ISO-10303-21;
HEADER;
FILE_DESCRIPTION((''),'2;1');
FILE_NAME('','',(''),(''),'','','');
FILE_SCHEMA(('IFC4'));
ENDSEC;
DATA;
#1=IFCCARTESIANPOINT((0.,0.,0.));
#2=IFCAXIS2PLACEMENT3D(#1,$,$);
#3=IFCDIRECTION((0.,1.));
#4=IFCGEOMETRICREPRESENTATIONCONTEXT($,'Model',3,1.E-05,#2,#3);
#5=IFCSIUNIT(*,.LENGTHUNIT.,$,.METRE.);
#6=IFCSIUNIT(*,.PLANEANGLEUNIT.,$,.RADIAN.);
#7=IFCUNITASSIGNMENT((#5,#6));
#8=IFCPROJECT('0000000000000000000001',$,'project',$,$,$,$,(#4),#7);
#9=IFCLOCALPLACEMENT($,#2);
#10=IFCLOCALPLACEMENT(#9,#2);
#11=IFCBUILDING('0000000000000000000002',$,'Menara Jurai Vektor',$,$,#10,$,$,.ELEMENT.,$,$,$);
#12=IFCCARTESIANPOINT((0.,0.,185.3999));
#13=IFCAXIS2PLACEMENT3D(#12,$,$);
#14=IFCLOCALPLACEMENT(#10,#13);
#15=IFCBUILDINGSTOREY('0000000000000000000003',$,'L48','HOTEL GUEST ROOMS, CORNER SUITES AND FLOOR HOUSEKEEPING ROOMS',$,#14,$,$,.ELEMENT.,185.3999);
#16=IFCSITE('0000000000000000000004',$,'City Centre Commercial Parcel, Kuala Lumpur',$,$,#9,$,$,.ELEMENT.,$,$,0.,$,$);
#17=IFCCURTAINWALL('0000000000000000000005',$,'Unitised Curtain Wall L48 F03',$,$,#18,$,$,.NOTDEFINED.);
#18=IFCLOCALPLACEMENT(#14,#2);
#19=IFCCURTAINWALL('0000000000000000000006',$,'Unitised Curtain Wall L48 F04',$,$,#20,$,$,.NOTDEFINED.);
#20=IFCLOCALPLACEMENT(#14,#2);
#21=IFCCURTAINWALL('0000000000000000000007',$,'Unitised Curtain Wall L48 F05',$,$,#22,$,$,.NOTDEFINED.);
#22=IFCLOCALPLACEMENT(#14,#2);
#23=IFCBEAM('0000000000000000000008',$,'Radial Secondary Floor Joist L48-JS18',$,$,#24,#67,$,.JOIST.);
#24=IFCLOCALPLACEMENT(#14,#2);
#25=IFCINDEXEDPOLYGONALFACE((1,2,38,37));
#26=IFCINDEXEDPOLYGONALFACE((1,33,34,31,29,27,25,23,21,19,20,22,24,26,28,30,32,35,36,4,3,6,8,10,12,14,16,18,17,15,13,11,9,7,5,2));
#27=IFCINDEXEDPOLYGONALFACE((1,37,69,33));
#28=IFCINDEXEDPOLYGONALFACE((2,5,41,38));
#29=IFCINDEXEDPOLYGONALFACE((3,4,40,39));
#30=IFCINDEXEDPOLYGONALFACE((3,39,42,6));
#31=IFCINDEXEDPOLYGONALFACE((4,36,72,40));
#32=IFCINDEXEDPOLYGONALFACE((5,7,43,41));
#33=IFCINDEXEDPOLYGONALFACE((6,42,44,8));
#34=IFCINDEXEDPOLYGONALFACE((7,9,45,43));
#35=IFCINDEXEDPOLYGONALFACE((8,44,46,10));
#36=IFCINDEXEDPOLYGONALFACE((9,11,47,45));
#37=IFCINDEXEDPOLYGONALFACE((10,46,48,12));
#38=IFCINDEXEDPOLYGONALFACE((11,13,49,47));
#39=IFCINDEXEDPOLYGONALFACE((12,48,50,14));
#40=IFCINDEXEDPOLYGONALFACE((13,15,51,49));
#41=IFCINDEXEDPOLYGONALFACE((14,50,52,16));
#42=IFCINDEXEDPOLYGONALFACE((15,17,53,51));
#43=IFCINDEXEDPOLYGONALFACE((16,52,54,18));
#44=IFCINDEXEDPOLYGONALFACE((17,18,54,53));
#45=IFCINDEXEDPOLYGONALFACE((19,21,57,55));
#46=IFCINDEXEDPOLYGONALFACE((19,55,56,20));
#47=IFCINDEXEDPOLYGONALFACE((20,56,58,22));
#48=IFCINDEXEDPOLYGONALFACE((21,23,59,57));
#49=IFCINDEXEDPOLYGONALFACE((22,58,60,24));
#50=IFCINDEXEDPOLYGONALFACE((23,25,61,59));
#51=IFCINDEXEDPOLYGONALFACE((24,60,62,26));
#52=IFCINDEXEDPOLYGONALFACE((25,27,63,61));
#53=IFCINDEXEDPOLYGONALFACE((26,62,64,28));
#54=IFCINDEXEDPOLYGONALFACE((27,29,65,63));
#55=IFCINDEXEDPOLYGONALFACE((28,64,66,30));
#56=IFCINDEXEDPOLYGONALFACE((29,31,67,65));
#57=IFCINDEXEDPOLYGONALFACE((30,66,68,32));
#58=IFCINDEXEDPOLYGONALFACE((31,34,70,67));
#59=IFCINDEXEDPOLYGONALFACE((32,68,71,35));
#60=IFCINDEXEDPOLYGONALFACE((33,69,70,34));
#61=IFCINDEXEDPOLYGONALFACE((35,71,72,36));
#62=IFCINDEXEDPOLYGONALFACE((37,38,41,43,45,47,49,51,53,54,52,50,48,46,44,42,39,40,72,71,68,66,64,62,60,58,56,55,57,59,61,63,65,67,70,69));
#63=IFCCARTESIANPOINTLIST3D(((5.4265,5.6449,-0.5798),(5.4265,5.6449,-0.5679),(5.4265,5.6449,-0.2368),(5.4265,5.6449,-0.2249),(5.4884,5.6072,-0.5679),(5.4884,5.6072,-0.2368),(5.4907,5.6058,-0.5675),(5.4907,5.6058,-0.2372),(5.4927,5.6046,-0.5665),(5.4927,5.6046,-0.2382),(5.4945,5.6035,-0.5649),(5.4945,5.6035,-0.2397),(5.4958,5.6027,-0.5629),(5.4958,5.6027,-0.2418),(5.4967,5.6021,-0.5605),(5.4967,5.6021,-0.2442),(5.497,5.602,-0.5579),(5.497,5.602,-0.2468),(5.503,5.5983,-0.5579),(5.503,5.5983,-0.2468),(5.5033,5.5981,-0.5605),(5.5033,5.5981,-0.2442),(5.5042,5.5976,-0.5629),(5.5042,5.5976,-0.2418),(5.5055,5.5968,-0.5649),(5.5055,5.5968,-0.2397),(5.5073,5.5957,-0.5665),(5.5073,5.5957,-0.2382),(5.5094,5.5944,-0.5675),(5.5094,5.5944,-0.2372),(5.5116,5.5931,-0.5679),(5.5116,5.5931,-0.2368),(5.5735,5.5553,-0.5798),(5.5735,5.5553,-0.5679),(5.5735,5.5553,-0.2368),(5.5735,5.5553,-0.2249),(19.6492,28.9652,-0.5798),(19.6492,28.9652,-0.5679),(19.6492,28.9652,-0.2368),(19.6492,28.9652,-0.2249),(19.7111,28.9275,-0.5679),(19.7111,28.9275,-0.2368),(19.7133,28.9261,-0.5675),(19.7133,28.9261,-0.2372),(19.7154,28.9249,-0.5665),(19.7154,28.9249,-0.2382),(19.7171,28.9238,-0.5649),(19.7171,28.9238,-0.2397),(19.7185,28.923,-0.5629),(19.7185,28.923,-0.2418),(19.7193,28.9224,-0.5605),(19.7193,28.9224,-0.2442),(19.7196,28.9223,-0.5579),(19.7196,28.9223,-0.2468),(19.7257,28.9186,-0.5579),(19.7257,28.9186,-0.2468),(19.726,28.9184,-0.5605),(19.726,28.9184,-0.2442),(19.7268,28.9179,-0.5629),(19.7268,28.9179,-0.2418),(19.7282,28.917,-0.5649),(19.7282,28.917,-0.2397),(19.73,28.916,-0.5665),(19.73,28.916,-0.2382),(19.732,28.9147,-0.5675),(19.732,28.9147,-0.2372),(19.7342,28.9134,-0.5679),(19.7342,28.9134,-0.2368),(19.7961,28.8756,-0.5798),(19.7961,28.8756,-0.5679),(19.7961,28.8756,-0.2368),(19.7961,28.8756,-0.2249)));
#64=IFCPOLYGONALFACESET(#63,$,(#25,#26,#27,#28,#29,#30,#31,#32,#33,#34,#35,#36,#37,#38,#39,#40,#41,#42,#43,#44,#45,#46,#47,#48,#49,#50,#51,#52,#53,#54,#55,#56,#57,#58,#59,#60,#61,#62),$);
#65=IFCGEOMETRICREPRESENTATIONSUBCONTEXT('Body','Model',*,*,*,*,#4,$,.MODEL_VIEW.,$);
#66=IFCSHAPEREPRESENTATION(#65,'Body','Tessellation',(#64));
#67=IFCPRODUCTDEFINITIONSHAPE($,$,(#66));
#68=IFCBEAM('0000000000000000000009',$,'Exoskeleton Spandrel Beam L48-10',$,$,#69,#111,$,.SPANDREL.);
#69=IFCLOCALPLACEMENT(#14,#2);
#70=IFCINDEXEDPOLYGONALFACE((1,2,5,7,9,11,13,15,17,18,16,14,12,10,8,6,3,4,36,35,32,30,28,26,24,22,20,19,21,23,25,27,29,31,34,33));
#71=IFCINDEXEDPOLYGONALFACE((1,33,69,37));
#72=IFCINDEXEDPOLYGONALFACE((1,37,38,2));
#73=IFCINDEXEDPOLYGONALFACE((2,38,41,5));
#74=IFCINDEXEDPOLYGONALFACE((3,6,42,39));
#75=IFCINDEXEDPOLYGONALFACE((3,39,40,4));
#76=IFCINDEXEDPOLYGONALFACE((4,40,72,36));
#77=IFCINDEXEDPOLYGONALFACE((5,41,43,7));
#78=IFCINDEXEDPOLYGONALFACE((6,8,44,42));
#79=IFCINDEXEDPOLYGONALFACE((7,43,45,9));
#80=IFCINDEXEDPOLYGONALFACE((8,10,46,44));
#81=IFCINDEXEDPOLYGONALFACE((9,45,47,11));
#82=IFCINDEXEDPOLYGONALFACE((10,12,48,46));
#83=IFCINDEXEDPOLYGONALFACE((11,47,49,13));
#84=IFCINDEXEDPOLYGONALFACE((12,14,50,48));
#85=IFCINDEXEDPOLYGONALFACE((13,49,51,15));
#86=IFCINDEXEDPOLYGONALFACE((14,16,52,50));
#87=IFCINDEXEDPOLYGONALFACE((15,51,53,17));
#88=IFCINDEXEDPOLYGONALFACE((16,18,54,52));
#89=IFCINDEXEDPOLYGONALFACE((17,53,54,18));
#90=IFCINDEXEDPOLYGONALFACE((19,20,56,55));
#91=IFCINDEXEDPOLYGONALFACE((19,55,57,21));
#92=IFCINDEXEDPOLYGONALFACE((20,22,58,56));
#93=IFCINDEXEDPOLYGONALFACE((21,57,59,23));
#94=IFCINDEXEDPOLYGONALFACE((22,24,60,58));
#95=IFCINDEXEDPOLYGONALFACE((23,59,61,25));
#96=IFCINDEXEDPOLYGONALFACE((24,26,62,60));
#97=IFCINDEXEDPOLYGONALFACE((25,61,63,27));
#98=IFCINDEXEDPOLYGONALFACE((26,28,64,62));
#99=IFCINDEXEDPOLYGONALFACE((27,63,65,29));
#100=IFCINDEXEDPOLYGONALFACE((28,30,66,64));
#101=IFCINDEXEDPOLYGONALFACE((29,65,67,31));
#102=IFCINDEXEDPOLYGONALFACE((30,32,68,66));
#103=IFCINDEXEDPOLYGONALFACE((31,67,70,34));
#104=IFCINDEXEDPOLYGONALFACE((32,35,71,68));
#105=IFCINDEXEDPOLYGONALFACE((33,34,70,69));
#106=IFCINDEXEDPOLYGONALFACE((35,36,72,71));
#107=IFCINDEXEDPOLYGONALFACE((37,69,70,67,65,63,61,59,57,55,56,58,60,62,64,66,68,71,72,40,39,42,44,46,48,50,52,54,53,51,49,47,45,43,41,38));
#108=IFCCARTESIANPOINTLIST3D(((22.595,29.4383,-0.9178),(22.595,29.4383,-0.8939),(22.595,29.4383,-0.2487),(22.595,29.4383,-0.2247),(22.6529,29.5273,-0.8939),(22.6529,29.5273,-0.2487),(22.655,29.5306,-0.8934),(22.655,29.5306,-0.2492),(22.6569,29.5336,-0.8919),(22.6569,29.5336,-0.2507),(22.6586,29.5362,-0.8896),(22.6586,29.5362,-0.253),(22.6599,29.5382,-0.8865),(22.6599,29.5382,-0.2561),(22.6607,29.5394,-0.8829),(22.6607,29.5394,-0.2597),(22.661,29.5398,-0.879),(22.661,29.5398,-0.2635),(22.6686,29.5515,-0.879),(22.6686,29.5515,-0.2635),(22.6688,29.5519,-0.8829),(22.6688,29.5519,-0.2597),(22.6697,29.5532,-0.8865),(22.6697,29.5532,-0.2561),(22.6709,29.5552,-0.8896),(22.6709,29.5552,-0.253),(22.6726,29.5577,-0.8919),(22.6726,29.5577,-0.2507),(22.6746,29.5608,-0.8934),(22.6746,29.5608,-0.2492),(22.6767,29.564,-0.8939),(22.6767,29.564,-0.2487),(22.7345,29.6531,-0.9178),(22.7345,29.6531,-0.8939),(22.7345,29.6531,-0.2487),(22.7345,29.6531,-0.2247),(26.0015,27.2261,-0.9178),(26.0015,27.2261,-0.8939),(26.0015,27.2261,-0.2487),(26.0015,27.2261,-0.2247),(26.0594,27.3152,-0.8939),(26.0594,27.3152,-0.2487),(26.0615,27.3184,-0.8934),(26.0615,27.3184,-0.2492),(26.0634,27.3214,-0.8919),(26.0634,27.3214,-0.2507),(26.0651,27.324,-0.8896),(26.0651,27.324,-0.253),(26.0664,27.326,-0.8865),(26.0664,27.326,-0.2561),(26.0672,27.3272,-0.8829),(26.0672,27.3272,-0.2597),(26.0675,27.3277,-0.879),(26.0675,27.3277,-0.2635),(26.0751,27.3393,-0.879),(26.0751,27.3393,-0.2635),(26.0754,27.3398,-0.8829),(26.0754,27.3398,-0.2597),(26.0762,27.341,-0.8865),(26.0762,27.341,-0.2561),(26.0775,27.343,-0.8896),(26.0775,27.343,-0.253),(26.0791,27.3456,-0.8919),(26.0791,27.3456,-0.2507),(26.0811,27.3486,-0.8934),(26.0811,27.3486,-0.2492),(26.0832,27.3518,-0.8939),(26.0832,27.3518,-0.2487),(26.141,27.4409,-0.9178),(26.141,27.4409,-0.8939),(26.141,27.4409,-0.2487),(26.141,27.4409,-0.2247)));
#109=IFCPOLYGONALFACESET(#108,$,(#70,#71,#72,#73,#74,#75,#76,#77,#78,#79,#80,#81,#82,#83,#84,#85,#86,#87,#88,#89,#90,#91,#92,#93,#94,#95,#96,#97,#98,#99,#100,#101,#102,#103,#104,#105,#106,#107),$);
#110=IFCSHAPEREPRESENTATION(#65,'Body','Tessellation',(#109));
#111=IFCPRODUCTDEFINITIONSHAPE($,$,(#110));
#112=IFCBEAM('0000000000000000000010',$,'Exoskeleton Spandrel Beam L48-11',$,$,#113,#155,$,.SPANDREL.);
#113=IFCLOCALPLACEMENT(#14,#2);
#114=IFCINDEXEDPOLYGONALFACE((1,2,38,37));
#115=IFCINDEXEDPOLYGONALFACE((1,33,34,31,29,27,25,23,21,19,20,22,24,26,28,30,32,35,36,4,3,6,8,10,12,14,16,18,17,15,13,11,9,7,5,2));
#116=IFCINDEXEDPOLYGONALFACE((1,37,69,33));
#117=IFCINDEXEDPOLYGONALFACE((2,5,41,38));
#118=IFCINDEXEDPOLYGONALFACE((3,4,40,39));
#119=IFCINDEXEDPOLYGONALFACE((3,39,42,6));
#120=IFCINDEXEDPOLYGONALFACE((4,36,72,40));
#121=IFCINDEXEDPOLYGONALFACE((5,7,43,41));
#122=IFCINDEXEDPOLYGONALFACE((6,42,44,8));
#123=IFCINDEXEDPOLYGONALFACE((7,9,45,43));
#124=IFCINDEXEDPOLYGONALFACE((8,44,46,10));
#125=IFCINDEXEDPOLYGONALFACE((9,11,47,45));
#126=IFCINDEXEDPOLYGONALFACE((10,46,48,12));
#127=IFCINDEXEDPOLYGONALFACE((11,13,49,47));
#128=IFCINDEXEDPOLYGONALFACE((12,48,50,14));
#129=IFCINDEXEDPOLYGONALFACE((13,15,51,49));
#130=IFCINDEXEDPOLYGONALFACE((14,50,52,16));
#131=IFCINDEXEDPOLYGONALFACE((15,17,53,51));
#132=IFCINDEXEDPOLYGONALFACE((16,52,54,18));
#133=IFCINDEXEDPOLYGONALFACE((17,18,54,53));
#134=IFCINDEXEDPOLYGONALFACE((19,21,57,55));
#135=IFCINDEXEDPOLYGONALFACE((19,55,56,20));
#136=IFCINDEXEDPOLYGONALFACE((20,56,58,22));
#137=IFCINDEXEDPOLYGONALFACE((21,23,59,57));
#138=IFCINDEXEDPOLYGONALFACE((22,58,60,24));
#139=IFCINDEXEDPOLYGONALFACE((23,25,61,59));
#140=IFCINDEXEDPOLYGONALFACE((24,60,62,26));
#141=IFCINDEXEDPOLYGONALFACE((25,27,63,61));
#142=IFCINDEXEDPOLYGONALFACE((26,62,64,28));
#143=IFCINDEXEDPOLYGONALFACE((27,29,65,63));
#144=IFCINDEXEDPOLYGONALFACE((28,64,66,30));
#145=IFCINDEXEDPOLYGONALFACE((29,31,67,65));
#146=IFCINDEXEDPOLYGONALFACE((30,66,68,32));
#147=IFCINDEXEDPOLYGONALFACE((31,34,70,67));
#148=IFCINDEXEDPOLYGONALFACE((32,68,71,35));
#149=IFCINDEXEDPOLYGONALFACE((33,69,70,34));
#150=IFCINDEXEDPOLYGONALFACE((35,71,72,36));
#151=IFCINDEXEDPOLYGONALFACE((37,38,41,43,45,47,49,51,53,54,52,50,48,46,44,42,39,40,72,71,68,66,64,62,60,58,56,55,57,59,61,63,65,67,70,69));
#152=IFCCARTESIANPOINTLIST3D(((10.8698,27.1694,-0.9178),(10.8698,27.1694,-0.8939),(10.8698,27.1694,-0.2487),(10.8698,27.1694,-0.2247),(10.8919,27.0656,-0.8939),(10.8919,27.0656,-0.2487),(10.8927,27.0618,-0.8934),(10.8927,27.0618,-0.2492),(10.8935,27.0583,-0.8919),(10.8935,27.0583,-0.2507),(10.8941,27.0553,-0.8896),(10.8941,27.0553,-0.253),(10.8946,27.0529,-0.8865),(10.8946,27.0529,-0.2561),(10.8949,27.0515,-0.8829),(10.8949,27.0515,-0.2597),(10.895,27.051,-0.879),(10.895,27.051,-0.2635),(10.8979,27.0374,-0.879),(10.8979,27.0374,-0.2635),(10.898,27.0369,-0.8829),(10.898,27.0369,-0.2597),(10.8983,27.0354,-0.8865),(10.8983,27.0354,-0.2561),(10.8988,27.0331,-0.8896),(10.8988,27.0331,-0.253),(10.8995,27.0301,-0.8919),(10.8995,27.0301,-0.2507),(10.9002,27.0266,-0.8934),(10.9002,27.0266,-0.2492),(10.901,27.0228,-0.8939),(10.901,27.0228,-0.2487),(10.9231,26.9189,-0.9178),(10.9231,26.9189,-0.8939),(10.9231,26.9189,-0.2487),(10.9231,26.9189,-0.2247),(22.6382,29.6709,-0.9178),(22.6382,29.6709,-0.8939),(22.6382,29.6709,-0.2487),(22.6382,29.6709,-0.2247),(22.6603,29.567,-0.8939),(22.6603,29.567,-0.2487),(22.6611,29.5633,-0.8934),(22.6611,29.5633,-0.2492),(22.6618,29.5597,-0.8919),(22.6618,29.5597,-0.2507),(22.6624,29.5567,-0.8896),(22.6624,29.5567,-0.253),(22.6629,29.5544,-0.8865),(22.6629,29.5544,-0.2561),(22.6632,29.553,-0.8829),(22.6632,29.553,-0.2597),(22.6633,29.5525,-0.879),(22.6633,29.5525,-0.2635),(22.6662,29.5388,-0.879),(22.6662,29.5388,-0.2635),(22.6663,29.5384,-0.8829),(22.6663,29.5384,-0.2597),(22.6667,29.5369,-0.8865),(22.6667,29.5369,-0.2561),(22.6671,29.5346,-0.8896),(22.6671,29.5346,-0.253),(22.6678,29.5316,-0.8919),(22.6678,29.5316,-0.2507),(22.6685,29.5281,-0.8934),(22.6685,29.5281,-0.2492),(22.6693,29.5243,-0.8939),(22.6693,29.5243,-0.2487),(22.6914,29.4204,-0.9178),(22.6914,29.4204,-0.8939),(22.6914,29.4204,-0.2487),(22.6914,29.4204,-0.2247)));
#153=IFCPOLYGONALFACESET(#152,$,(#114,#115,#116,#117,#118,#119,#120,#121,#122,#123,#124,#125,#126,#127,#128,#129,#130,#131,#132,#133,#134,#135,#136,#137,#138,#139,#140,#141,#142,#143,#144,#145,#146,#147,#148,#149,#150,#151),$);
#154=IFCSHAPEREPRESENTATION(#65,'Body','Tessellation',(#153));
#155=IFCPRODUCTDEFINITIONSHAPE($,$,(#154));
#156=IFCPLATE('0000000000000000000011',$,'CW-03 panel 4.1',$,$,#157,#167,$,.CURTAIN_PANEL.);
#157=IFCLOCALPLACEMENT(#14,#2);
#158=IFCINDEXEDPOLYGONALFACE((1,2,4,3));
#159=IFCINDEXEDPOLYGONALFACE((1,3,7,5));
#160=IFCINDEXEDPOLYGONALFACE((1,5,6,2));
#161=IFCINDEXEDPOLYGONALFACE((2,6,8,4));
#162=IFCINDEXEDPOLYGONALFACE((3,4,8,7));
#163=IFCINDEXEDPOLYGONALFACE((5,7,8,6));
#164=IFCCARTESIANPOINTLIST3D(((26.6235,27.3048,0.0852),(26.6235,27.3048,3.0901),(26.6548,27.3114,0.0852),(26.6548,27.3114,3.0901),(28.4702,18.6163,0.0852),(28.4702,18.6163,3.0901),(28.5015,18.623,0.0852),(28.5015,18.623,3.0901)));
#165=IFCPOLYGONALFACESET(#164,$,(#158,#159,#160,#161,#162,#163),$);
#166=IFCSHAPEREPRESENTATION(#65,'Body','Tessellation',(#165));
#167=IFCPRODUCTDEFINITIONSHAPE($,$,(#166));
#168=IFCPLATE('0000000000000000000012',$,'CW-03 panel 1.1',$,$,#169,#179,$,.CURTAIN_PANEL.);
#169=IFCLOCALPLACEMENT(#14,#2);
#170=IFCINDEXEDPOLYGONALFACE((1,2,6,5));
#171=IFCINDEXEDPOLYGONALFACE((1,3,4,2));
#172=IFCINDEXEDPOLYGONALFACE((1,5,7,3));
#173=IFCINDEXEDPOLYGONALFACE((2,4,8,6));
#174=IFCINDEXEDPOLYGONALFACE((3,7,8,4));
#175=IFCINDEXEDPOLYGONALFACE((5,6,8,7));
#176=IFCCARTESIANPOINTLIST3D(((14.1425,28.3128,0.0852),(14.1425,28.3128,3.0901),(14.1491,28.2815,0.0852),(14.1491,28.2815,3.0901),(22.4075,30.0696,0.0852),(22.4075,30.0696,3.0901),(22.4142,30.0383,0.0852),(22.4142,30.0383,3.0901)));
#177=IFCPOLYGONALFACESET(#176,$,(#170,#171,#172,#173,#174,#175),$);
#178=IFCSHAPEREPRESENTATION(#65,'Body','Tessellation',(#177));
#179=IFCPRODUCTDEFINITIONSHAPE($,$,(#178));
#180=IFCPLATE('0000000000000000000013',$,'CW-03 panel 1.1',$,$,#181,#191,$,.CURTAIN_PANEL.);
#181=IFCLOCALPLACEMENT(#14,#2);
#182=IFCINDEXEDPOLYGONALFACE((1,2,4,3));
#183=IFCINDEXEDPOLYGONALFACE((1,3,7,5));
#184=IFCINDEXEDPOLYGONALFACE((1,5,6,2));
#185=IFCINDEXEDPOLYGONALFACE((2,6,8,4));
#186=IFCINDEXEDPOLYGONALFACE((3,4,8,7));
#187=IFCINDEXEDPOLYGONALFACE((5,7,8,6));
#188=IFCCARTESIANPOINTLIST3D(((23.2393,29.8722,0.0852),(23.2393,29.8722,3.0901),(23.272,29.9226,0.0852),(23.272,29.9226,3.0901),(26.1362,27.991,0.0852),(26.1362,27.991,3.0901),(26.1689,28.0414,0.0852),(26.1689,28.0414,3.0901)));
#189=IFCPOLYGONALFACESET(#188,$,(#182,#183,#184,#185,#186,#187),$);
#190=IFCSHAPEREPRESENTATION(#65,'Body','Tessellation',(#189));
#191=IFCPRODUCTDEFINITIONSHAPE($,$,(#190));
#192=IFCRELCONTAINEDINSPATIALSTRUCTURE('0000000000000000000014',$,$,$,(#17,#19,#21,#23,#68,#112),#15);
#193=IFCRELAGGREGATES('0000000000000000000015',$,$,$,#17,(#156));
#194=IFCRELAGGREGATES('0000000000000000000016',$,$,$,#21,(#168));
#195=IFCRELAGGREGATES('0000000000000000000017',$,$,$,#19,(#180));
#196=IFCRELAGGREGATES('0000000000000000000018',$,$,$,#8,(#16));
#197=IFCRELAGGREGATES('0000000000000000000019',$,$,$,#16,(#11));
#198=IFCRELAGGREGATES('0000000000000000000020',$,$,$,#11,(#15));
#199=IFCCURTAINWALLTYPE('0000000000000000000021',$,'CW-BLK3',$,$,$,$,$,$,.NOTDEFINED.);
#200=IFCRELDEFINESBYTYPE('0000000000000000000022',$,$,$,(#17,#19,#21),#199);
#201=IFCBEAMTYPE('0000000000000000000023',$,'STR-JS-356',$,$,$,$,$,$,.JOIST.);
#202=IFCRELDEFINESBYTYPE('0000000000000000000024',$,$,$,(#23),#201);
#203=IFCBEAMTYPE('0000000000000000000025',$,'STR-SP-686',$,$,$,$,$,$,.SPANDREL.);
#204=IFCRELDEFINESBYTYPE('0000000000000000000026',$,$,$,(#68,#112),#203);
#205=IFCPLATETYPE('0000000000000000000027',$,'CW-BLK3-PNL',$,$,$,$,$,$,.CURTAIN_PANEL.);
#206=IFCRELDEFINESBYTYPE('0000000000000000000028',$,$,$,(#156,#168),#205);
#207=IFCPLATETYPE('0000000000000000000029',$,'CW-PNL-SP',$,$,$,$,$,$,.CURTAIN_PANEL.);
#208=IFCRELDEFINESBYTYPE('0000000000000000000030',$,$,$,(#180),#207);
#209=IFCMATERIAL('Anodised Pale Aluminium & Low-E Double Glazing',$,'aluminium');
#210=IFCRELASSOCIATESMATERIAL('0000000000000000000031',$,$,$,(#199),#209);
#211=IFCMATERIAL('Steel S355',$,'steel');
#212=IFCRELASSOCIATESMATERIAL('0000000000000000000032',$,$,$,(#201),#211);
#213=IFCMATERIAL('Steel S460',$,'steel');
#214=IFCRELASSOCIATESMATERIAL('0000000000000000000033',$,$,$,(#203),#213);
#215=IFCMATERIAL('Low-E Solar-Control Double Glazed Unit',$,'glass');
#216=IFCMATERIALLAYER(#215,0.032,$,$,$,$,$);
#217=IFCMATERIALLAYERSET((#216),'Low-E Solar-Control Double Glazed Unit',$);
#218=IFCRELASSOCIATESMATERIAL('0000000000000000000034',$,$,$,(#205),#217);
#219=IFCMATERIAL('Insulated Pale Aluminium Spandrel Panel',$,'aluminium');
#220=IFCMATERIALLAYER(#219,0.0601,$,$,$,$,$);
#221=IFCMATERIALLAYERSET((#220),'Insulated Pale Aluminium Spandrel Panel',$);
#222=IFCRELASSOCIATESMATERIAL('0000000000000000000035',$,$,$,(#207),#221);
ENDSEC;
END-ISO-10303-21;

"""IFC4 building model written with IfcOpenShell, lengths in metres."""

from ifc_helpers import new_model, si_unit, direction, frame, origin, origin_2d, place, context, subcontext, project, spatial, rectangle, i_section, extrude, material, layer, layer_set, material_profile, profile_set, type_object, element, aggregate, save


model = new_model("IFC4")

# Units and contexts
model_context = context("Model", 3, precision=1e-05, world=origin(), true_north=direction((0.0, 1.0)))
body_context = subcontext(model_context, "Body", "Model", "MODEL_VIEW")
ifc_project = project(units=[si_unit("LENGTHUNIT", "METRE"), si_unit("PLANEANGLEUNIT", "RADIAN")], contexts=[model_context])

# Site, building, storey
site_placement = place(None, origin())
site = spatial("IfcSite", under=ifc_project, at=site_placement, Name="City Centre Commercial Parcel, Kuala Lumpur", CompositionType="ELEMENT", RefElevation=0.0)
building_placement = place(site_placement, origin())
building = spatial("IfcBuilding", under=site, at=building_placement, Name="Menara Jurai Vektor", CompositionType="ELEMENT")
storey_placement = place(building_placement, frame((0.0, 0.0, 185.3999)))
storey = spatial("IfcBuildingStorey", under=building, at=storey_placement, Name="L48", Description="HOTEL GUEST ROOMS, CORNER SUITES AND FLOOR HOUSEKEEPING ROOMS", CompositionType="ELEMENT", Elevation=185.3999)

# Shared definitions
ifc_material_1 = material(Name="Steel S460", Category="steel")

# Curtain walls
ifc_material_2 = material(Name="Anodised Pale Aluminium & Low-E Double Glazing", Category="aluminium")
curtain_wall_type = type_object("IfcCurtainWallType", Name="CW-BLK3", PredefinedType="NOTDEFINED", material=ifc_material_2)
curtain_wall_1_placement = place(storey_placement, origin())
curtain_wall_1 = element("IfcCurtainWall", 1, at=curtain_wall_1_placement, inside=storey, type_object=curtain_wall_type, Name="Unitised Curtain Wall L48 F03", PredefinedType="NOTDEFINED")
curtain_wall_2_placement = place(storey_placement, origin())
curtain_wall_2 = element("IfcCurtainWall", 2, at=curtain_wall_2_placement, inside=storey, type_object=curtain_wall_type, Name="Unitised Curtain Wall L48 F04", PredefinedType="NOTDEFINED")

# Curtain wall
curtain_wall_3_placement = place(storey_placement, origin())
curtain_wall_3 = element("IfcCurtainWall", 3, at=curtain_wall_3_placement, inside=storey, type_object=curtain_wall_type, Name="Unitised Curtain Wall L48 F05", PredefinedType="NOTDEFINED")

# Shared definitions
ifc_material_3 = material(Name="Steel S355", Category="steel")

# Beams
ifc_material_profile_1 = material_profile(ifc_material_3, i_section(OverallWidth=0.1721, OverallDepth=0.355, WebThickness=0.0071, FlangeThickness=0.012, FilletRadius=0.01, at=origin_2d()), Name="UKB 356x171x51")
ifc_profile_set_1 = profile_set([ifc_material_profile_1], Name="Steel S355")
beam_type_1 = type_object("IfcBeamType", Name="STR-JS-356", PredefinedType="JOIST", material=ifc_profile_set_1)
beam_1_placement = place(storey_placement, frame((19.7227, 28.9204, -0.4023), z_axis=(-0.520686, -0.853748, 0.0), x_axis=(0.853748, -0.520686, 0.0)))
element("IfcBeam", 4, at=beam_1_placement, inside=storey, type_object=beam_type_1, Name="Radial Secondary Floor Joist L48-JS18", PredefinedType="JOIST", context=body_context, shape_type="SweptSolid", body=[
    extrude(i_section(OverallWidth=0.1721, OverallDepth=0.355, WebThickness=0.0071, FlangeThickness=0.012, FilletRadius=0.01, at=origin_2d()), origin(), (0.0, 0.0, 1.0), 27.3152),
])
ifc_material_profile_2 = material_profile(ifc_material_1, i_section(OverallWidth=0.2561, OverallDepth=0.6931, WebThickness=0.0139, FlangeThickness=0.0239, FilletRadius=0.0149, at=origin_2d()), Name="UKB 686x254x170")
ifc_profile_set_2 = profile_set([ifc_material_profile_2], Name="Steel S460")
beam_type_2 = type_object("IfcBeamType", Name="STR-SP-686", PredefinedType="SPANDREL", material=ifc_profile_set_2)
beam_2_placement = place(storey_placement, frame((26.0713, 27.3335, -0.5713), z_axis=(-0.838676, 0.544631, 0.0), x_axis=(-0.544631, -0.838676, 0.0)))
element("IfcBeam", 5, at=beam_2_placement, inside=storey, type_object=beam_type_2, Name="Exoskeleton Spandrel Beam L48-10", PredefinedType="SPANDREL", context=body_context, shape_type="SweptSolid", body=[
    extrude(i_section(OverallWidth=0.2561, OverallDepth=0.6931, WebThickness=0.0139, FlangeThickness=0.0239, FilletRadius=0.0149, at=origin_2d()), origin(), (0.0, 0.0, 1.0), 4.0618),
])
beam_3_placement = place(storey_placement, frame((22.6648, 29.5457, -0.5713), z_axis=(-0.978147, -0.207914, 0.0), x_axis=(0.207914, -0.978147, 0.0)))
element("IfcBeam", 6, at=beam_3_placement, inside=storey, type_object=beam_type_2, Name="Exoskeleton Spandrel Beam L48-11", PredefinedType="SPANDREL", context=body_context, shape_type="SweptSolid", body=[
    extrude(i_section(OverallWidth=0.2561, OverallDepth=0.6931, WebThickness=0.0139, FlangeThickness=0.0239, FilletRadius=0.0149, at=origin_2d()), origin(), (0.0, 0.0, 1.0), 12.0312),
])

# Plates
ifc_material_4 = material(Name="Low-E Solar-Control Double Glazed Unit", Category="glass")
ifc_layer_1 = layer(ifc_material_4, 0.032)
ifc_layer_set_1 = layer_set([ifc_layer_1], Name="Low-E Solar-Control Double Glazed Unit")
plate_type_1 = type_object("IfcPlateType", Name="CW-BLK3-PNL", PredefinedType="CURTAIN_PANEL", material=ifc_layer_set_1)
plate_1_placement = place(storey_placement, frame((27.5625, 22.9639, 0.0852), z_axis=(0.0, 0.0, 1.0), x_axis=(-0.20791, 0.978148, 0.0)))
plate_1 = element("IfcPlate", 7, at=plate_1_placement, type_object=plate_type_1, Name="CW-03 panel 4.1", PredefinedType="CURTAIN_PANEL", context=body_context, shape_type="SweptSolid", body=[
    extrude(rectangle(XDim=8.8826, YDim=0.032, at=origin_2d()), origin(), (0.0, 0.0, 1.0), 3.0049),
])
aggregate(curtain_wall_1, [plate_1])
plate_2_placement = place(storey_placement, frame((18.2783, 29.1755, 0.0852), z_axis=(0.0, 0.0, 1.0), x_axis=(-0.978148, -0.207911, 0.0)))
plate_2 = element("IfcPlate", 8, at=plate_2_placement, type_object=plate_type_1, Name="CW-03 panel 1.1", PredefinedType="CURTAIN_PANEL", context=body_context, shape_type="SweptSolid", body=[
    extrude(rectangle(XDim=8.4497, YDim=0.032, at=origin_2d()), origin(), (0.0, 0.0, 1.0), 3.0049),
])
aggregate(curtain_wall_3, [plate_2])
ifc_material_5 = material(Name="Insulated Pale Aluminium Spandrel Panel", Category="aluminium")
ifc_layer_2 = layer(ifc_material_5, 0.0601)
ifc_layer_set_2 = layer_set([ifc_layer_2], Name="Insulated Pale Aluminium Spandrel Panel")
plate_type_2 = type_object("IfcPlateType", Name="CW-PNL-SP", PredefinedType="CURTAIN_PANEL", material=ifc_layer_set_2)
plate_3_placement = place(storey_placement, frame((24.7041, 28.9568, 0.0852), z_axis=(0.0, 0.0, 1.0), x_axis=(-0.838684, 0.544618, 0.0)))
plate_3 = element("IfcPlate", 9, at=plate_3_placement, type_object=plate_type_2, Name="CW-03 panel 1.1", PredefinedType="CURTAIN_PANEL", context=body_context, shape_type="SweptSolid", body=[
    extrude(rectangle(XDim=3.4541, YDim=0.0601, at=origin_2d()), origin(), (0.0, 0.0, 1.0), 3.0049),
])
aggregate(curtain_wall_2, [plate_3])

save(model, "model.ifc")
